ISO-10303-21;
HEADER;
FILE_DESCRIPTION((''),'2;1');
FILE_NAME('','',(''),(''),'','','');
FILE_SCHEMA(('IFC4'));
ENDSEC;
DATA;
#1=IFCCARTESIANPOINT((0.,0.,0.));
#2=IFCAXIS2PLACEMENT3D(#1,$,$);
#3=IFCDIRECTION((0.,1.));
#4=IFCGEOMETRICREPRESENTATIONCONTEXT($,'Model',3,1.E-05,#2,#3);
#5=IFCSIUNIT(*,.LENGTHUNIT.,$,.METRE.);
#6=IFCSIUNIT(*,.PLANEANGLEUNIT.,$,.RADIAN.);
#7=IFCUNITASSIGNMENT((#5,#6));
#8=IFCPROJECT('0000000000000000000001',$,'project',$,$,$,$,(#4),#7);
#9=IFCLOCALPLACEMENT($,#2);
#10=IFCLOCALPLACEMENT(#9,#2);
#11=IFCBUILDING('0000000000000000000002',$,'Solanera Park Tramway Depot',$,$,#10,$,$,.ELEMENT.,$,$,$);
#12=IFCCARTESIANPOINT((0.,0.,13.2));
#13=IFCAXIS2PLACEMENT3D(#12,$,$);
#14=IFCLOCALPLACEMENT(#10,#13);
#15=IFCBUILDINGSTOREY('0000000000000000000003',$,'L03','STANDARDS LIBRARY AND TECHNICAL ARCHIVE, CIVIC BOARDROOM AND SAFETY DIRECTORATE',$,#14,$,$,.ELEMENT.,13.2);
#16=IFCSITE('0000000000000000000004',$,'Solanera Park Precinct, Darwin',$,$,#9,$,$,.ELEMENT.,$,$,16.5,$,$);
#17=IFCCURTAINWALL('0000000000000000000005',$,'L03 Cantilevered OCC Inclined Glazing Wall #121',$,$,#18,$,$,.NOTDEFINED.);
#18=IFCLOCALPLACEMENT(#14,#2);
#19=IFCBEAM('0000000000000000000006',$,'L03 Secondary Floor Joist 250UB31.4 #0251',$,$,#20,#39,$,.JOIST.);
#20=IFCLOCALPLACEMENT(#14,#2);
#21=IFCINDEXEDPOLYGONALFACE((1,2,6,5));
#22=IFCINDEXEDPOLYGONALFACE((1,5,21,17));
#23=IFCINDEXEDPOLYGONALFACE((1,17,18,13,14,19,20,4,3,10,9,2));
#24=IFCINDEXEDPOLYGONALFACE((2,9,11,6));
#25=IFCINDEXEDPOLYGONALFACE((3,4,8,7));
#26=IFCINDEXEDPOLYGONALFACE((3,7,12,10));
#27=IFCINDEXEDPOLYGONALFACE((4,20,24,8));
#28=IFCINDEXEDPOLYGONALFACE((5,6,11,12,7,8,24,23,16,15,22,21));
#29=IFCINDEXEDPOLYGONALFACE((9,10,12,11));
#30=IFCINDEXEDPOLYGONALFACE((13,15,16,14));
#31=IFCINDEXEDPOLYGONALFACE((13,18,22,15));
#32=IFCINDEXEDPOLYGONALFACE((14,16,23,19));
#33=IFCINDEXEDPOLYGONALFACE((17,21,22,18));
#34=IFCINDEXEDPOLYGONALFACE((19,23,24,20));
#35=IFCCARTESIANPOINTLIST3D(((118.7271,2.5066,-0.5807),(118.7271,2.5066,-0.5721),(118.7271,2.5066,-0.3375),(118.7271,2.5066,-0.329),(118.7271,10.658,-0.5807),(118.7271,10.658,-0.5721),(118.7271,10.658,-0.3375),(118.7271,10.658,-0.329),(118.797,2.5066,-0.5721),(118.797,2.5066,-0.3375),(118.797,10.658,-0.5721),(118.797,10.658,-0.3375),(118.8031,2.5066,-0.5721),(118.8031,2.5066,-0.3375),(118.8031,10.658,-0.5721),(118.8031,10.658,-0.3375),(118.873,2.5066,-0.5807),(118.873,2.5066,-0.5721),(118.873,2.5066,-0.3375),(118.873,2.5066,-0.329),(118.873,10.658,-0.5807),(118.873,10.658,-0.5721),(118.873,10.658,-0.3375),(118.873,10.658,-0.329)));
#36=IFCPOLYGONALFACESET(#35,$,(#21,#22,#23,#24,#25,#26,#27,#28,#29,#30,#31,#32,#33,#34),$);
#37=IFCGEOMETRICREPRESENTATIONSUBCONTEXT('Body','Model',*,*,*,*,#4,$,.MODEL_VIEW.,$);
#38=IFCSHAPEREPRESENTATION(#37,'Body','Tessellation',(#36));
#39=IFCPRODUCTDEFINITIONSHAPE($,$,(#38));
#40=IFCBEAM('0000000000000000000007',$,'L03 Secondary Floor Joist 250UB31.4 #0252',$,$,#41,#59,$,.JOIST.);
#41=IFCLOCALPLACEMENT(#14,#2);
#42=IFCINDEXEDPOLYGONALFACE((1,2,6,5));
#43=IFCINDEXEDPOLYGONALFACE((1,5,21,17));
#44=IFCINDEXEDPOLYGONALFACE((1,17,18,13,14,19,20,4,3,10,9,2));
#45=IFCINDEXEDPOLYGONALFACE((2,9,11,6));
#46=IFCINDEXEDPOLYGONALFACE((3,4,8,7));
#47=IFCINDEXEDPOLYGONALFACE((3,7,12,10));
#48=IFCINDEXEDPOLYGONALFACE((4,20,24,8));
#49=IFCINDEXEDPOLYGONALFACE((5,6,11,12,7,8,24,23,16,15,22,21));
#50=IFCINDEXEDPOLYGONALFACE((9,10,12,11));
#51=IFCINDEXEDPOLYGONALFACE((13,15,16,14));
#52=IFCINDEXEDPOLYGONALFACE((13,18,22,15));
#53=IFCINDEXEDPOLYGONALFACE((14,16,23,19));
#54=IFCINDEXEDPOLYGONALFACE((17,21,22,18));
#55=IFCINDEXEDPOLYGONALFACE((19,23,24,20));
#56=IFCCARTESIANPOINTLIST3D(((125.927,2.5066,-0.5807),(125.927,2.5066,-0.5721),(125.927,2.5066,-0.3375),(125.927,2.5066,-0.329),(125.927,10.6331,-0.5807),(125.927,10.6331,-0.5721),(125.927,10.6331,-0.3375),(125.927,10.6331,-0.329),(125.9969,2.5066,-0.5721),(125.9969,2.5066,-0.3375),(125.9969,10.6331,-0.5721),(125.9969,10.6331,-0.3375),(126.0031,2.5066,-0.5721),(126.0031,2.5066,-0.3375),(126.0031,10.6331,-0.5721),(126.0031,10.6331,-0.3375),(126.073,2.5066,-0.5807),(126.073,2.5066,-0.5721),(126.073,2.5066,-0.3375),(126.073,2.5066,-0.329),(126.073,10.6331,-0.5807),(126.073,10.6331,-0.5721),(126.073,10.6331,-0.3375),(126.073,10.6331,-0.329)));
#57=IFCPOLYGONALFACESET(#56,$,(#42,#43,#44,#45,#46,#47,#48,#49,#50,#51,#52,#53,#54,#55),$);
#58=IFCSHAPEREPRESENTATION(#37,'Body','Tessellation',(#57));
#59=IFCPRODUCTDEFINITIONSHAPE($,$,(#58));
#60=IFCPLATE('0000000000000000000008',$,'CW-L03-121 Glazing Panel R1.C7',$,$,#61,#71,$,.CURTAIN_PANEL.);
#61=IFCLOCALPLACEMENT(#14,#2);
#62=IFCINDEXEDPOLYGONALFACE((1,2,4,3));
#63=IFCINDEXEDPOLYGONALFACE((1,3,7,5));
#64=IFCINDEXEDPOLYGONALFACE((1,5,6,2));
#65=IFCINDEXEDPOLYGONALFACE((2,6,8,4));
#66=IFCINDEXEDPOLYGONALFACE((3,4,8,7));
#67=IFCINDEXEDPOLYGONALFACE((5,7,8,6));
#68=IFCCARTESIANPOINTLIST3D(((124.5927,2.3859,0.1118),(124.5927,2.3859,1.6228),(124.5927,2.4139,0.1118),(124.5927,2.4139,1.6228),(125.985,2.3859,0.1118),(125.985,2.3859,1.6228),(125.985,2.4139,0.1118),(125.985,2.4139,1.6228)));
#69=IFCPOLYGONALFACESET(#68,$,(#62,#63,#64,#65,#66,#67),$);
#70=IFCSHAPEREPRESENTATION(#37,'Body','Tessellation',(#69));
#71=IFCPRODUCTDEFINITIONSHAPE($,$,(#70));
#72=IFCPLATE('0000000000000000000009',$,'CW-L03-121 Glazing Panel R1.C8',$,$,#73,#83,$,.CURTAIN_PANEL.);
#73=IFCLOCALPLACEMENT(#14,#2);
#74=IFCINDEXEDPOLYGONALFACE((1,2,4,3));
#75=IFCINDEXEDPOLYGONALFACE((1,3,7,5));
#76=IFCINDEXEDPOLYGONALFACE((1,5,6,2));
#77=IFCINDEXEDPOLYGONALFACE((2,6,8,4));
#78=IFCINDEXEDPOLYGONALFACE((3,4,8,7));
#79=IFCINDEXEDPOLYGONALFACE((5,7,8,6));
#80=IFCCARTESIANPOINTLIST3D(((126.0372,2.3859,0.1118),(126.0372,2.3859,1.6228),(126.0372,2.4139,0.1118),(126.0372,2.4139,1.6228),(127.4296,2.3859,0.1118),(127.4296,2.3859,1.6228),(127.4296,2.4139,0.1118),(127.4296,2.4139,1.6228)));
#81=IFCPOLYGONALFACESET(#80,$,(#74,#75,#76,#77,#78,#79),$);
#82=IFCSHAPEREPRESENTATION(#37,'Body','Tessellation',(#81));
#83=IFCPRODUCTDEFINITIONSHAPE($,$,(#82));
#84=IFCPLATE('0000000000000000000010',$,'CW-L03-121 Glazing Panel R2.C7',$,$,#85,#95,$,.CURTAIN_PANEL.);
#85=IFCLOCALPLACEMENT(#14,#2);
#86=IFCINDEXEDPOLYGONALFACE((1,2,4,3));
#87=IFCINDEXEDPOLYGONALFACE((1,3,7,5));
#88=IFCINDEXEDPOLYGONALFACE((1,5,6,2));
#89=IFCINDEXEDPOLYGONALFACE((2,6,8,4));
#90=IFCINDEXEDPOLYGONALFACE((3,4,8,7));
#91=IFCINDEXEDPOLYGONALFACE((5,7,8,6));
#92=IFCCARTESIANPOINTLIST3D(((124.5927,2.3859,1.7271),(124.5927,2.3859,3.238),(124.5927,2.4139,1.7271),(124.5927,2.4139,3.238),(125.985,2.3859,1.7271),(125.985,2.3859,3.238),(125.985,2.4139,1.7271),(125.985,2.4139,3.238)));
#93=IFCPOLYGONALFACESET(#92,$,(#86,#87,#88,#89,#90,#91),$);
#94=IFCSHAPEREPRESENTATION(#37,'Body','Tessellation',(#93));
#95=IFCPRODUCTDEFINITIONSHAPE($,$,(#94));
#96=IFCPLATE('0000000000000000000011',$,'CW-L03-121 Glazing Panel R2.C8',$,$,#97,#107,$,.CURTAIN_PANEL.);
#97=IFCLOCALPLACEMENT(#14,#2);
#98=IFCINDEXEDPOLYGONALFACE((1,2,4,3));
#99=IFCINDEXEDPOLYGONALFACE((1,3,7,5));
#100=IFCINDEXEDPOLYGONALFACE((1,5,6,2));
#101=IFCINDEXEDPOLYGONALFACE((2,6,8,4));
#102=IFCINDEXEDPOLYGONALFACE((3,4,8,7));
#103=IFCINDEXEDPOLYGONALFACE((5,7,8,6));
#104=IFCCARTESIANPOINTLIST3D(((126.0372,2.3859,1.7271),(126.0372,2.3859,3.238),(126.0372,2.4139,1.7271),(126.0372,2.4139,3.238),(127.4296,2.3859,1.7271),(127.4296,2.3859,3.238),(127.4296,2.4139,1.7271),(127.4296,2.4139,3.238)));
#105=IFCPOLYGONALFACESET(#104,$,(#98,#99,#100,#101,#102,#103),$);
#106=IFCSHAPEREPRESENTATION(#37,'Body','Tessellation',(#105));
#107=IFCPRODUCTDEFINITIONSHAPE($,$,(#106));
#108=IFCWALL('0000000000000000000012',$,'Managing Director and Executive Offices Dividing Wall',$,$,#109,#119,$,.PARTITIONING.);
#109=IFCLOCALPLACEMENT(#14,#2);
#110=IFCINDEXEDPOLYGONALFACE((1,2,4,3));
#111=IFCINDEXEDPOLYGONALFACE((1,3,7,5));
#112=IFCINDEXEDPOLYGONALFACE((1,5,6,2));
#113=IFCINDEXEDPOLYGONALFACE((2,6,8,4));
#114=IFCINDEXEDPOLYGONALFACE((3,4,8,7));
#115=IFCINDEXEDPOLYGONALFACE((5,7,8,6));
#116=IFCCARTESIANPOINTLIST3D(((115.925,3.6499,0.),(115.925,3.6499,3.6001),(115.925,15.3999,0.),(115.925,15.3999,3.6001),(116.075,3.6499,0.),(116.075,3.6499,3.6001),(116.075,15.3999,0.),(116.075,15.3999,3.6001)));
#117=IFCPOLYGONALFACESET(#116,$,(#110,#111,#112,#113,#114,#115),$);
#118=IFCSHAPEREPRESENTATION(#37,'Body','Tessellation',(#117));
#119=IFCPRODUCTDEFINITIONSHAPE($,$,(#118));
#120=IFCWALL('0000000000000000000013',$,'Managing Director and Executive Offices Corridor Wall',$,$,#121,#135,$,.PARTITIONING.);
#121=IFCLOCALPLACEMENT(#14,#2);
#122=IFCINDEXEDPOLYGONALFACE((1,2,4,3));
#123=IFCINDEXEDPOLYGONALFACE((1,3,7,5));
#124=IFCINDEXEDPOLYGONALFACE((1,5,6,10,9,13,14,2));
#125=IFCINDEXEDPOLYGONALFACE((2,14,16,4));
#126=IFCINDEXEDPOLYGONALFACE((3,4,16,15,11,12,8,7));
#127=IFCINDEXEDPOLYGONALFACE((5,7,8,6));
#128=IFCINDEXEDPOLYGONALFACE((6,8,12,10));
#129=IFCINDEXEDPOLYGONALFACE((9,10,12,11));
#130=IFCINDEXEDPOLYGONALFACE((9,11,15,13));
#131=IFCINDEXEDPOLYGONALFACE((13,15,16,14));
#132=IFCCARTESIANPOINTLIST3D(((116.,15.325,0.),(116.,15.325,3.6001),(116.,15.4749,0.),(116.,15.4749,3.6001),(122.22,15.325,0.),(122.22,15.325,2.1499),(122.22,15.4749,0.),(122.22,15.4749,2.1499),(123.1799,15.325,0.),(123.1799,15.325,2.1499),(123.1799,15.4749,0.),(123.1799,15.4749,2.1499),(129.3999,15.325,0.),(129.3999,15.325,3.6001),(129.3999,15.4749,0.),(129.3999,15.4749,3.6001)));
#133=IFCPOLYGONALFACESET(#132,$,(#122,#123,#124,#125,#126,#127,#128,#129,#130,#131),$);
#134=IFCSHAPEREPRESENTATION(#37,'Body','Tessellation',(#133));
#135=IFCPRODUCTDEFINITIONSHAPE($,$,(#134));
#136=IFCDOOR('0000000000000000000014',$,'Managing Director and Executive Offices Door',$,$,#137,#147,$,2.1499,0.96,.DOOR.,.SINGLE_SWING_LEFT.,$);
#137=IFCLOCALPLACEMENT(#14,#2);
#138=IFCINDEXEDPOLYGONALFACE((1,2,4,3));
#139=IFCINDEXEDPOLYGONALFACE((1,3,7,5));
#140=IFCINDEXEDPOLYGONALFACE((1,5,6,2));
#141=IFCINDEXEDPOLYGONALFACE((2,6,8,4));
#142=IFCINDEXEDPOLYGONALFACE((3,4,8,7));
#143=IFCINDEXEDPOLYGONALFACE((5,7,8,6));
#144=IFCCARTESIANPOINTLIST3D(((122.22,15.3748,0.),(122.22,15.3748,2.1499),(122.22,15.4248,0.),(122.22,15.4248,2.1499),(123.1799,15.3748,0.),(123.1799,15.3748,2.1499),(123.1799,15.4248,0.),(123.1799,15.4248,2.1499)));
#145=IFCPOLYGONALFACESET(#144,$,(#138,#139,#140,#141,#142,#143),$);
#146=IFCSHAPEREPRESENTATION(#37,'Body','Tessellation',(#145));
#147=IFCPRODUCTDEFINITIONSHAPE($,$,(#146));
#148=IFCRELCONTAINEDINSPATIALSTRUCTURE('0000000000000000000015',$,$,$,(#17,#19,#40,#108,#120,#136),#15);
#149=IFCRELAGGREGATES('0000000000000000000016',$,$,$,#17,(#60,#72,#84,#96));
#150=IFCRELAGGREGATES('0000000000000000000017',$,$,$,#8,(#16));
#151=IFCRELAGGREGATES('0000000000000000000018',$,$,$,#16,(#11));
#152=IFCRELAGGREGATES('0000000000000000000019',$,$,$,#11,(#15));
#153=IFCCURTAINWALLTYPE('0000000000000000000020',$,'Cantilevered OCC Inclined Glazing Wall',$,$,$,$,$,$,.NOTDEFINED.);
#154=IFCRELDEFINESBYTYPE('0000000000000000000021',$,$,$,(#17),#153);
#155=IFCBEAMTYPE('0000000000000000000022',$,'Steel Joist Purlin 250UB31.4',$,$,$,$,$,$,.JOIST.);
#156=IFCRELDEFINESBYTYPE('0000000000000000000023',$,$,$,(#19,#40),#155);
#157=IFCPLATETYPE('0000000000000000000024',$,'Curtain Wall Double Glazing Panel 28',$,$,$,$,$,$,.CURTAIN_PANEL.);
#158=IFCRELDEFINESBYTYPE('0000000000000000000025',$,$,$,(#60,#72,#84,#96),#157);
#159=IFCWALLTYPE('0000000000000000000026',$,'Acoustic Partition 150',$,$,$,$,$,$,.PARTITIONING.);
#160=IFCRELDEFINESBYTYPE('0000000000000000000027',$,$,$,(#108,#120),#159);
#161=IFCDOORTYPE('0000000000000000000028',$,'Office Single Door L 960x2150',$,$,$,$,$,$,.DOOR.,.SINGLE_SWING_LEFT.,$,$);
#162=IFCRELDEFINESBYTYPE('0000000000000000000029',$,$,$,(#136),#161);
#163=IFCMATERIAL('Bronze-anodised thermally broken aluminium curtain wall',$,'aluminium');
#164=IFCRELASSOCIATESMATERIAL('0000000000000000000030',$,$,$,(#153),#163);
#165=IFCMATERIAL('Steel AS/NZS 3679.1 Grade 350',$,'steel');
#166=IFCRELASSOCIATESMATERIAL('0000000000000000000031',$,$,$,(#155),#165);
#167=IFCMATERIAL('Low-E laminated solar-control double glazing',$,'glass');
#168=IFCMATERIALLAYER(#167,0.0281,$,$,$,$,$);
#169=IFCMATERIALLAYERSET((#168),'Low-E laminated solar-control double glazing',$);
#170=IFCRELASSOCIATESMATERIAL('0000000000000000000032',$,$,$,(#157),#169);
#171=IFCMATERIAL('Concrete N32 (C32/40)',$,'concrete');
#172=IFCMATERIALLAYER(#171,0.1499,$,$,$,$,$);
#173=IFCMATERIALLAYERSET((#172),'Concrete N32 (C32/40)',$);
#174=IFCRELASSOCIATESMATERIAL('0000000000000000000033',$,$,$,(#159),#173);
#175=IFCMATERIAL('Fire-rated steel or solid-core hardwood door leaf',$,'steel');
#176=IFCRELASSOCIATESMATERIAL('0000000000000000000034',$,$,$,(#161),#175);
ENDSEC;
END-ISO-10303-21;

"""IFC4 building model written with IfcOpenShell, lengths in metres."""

from ifc_helpers import new_model, si_unit, direction, frame, frame_2d, origin, origin_2d, place, context, subcontext, project, spatial, rectangle, i_section, extrude, material, layer, layer_set, material_profile, profile_set, type_object, element, fill, aggregate, save


model = new_model("IFC4")

# Units and contexts
model_context = context("Model", 3, precision=1e-05, world=origin(), true_north=direction((0.0, 1.0)))
body_context = subcontext(model_context, "Body", "Model", "MODEL_VIEW")
ifc_project = project(units=[si_unit("LENGTHUNIT", "METRE"), si_unit("PLANEANGLEUNIT", "RADIAN")], contexts=[model_context])

# Site, building, storey
site_placement = place(None, origin())
site = spatial("IfcSite", under=ifc_project, at=site_placement, Name="Solanera Park Precinct, Darwin", CompositionType="ELEMENT", RefElevation=16.5)
building_placement = place(site_placement, origin())
building = spatial("IfcBuilding", under=site, at=building_placement, Name="Solanera Park Tramway Depot", CompositionType="ELEMENT")
storey_placement = place(building_placement, frame((0.0, 0.0, 13.2)))
storey = spatial("IfcBuildingStorey", under=building, at=storey_placement, Name="L03", Description="STANDARDS LIBRARY AND TECHNICAL ARCHIVE, CIVIC BOARDROOM AND SAFETY DIRECTORATE", CompositionType="ELEMENT", Elevation=13.2)

# Curtain wall
ifc_material_1 = material(Name="Bronze-anodised thermally broken aluminium curtain wall", Category="aluminium")
curtain_wall_type = type_object("IfcCurtainWallType", Name="Cantilevered OCC Inclined Glazing Wall", PredefinedType="NOTDEFINED", material=ifc_material_1)
curtain_wall_placement = place(storey_placement, origin())
curtain_wall = element("IfcCurtainWall", 1, at=curtain_wall_placement, inside=storey, type_object=curtain_wall_type, Name="L03 Cantilevered OCC Inclined Glazing Wall #121", PredefinedType="NOTDEFINED")

# Beams
ifc_material_2 = material(Name="Steel AS/NZS 3679.1 Grade 350", Category="steel")
ifc_material_profile_1 = material_profile(ifc_material_2, i_section(OverallWidth=0.146, OverallDepth=0.2517, WebThickness=0.0061, FlangeThickness=0.0085, at=origin_2d()), Name="250UB31.4")
ifc_profile_set_1 = profile_set([ifc_material_profile_1], Name="Steel AS/NZS 3679.1 Grade 350")
beam_type_1 = type_object("IfcBeamType", Name="Steel Joist Purlin 250UB31.4", PredefinedType="JOIST", material=ifc_profile_set_1)
beam_1_placement = place(storey_placement, frame((118.8, 2.5066, -0.4548), z_axis=(0.0, 1.0, 0.0), x_axis=(-1.0, 0.0, 0.0)))
element("IfcBeam", 2, at=beam_1_placement, inside=storey, type_object=beam_type_1, Name="L03 Secondary Floor Joist 250UB31.4 #0251", PredefinedType="JOIST", context=body_context, shape_type="SweptSolid", body=[
    extrude(i_section(OverallWidth=0.146, OverallDepth=0.2517, WebThickness=0.0061, FlangeThickness=0.0085, at=origin_2d()), origin(), (0.0, 0.0, 1.0), 8.1514),
])
beam_2_placement = place(storey_placement, frame((126.0, 2.5066, -0.4548), z_axis=(0.0, 1.0, 0.0), x_axis=(-1.0, 0.0, 0.0)))
element("IfcBeam", 3, at=beam_2_placement, inside=storey, type_object=beam_type_1, Name="L03 Secondary Floor Joist 250UB31.4 #0252", PredefinedType="JOIST", context=body_context, shape_type="SweptSolid", body=[
    extrude(i_section(OverallWidth=0.146, OverallDepth=0.2517, WebThickness=0.0061, FlangeThickness=0.0085, at=origin_2d()), origin(), (0.0, 0.0, 1.0), 8.1265),
])

# Plates
ifc_material_3 = material(Name="Low-E laminated solar-control double glazing", Category="glass")
ifc_layer_1 = layer(ifc_material_3, 0.0281)
ifc_layer_set_1 = layer_set([ifc_layer_1], Name="Low-E laminated solar-control double glazing")
plate_type = type_object("IfcPlateType", Name="Curtain Wall Double Glazing Panel 28", PredefinedType="CURTAIN_PANEL", material=ifc_layer_set_1)
plate_1_placement = place(storey_placement, frame((125.2888, 2.3999, 0.1118), z_axis=(0.0, 0.0, 1.0), x_axis=(1.0, 0.0, 0.0)))
plate_1 = element("IfcPlate", 4, at=plate_1_placement, type_object=plate_type, Name="CW-L03-121 Glazing Panel R1.C7", PredefinedType="CURTAIN_PANEL", context=body_context, shape_type="SweptSolid", body=[
    extrude(rectangle(XDim=1.3923, YDim=0.0281, at=origin_2d()), origin(), (0.0, 0.0, 1.0), 1.511),
])
plate_2_placement = place(storey_placement, frame((126.7334, 2.3999, 0.1118), z_axis=(0.0, 0.0, 1.0), x_axis=(1.0, 0.0, 0.0)))
plate_2 = element("IfcPlate", 5, at=plate_2_placement, type_object=plate_type, Name="CW-L03-121 Glazing Panel R1.C8", PredefinedType="CURTAIN_PANEL", context=body_context, shape_type="SweptSolid", body=[
    extrude(rectangle(XDim=1.3923, YDim=0.0281, at=origin_2d()), origin(), (0.0, 0.0, 1.0), 1.511),
])
plate_3_placement = place(storey_placement, frame((125.2888, 2.3999, 1.7271), z_axis=(0.0, 0.0, 1.0), x_axis=(1.0, 0.0, 0.0)))
plate_3 = element("IfcPlate", 6, at=plate_3_placement, type_object=plate_type, Name="CW-L03-121 Glazing Panel R2.C7", PredefinedType="CURTAIN_PANEL", context=body_context, shape_type="SweptSolid", body=[
    extrude(rectangle(XDim=1.3923, YDim=0.0281, at=origin_2d()), origin(), (0.0, 0.0, 1.0), 1.511),
])
plate_4_placement = place(storey_placement, frame((126.7334, 2.3999, 1.7271), z_axis=(0.0, 0.0, 1.0), x_axis=(1.0, 0.0, 0.0)))
plate_4 = element("IfcPlate", 7, at=plate_4_placement, type_object=plate_type, Name="CW-L03-121 Glazing Panel R2.C8", PredefinedType="CURTAIN_PANEL", context=body_context, shape_type="SweptSolid", body=[
    extrude(rectangle(XDim=1.3923, YDim=0.0281, at=origin_2d()), origin(), (0.0, 0.0, 1.0), 1.511),
])
aggregate(curtain_wall, [plate_1, plate_2, plate_3, plate_4])

# Wall
ifc_material_4 = material(Name="Concrete N32 (C32/40)", Category="concrete")
ifc_layer_2 = layer(ifc_material_4, 0.1499)
ifc_layer_set_2 = layer_set([ifc_layer_2], Name="Concrete N32 (C32/40)")
wall_type = type_object("IfcWallType", Name="Acoustic Partition 150", PredefinedType="PARTITIONING", material=ifc_layer_set_2)
wall_1_placement = place(storey_placement, frame((116.0, 15.3999, 0.0), z_axis=(0.0, 0.0, 1.0), x_axis=(0.0, -1.0, 0.0)))
element("IfcWall", 8, at=wall_1_placement, inside=storey, type_object=wall_type, Name="Managing Director and Executive Offices Dividing Wall", PredefinedType="PARTITIONING", context=body_context, shape_type="SweptSolid", body=[
    extrude(rectangle(XDim=11.75, YDim=0.1499, at=frame_2d((5.875, 0.0))), origin(), (0.0, 0.0, 1.0), 3.6001),
])

# Wall, opening, door
wall_2_placement = place(storey_placement, frame((116.0, 15.3999, 0.0), z_axis=(0.0, 0.0, 1.0), x_axis=(1.0, 0.0, 0.0)))
wall_2 = element("IfcWall", 9, at=wall_2_placement, inside=storey, type_object=wall_type, Name="Managing Director and Executive Offices Corridor Wall", PredefinedType="PARTITIONING", context=body_context, shape_type="SweptSolid", body=[
    extrude(rectangle(XDim=13.3999, YDim=0.1499, at=frame_2d((6.7, 0.0))), origin(), (0.0, 0.0, 1.0), 3.6001),
])
opening_placement = place(wall_2_placement, frame((6.22, 0.0, 0.0)))
opening = element("IfcOpeningElement", 10, at=opening_placement, cuts=wall_2, PredefinedType="OPENING", context=body_context, shape_type="SweptSolid", body=[
    extrude(rectangle(XDim=0.96, YDim=2.1499, at=frame_2d((0.48, 1.075))), frame((0.0, 0.085, 0.0), z_axis=(0.0, -1.0, 0.0), x_axis=(1.0, 0.0, 0.0)), (0.0, 0.0, 1.0), 0.1699),
])
ifc_material_5 = material(Name="Fire-rated steel or solid-core hardwood door leaf", Category="steel")
door_type = type_object("IfcDoorType", Name="Office Single Door L 960x2150", OperationType="SINGLE_SWING_LEFT", PredefinedType="DOOR", material=ifc_material_5)
door_placement = place(opening_placement, origin())
door = element("IfcDoor", 11, at=door_placement, inside=storey, type_object=door_type, Name="Managing Director and Executive Offices Door", OperationType="SINGLE_SWING_LEFT", OverallHeight=2.1499, OverallWidth=0.96, PredefinedType="DOOR", context=body_context, shape_type="SweptSolid", body=[
    extrude(rectangle(XDim=0.96, YDim=2.1499, at=frame_2d((0.48, 1.075))), frame((0.0, 0.0249, 0.0), z_axis=(0.0, -1.0, 0.0), x_axis=(1.0, 0.0, 0.0)), (0.0, 0.0, 1.0), 0.05),
])
fill(opening, door)

save(model, "model.ifc")
